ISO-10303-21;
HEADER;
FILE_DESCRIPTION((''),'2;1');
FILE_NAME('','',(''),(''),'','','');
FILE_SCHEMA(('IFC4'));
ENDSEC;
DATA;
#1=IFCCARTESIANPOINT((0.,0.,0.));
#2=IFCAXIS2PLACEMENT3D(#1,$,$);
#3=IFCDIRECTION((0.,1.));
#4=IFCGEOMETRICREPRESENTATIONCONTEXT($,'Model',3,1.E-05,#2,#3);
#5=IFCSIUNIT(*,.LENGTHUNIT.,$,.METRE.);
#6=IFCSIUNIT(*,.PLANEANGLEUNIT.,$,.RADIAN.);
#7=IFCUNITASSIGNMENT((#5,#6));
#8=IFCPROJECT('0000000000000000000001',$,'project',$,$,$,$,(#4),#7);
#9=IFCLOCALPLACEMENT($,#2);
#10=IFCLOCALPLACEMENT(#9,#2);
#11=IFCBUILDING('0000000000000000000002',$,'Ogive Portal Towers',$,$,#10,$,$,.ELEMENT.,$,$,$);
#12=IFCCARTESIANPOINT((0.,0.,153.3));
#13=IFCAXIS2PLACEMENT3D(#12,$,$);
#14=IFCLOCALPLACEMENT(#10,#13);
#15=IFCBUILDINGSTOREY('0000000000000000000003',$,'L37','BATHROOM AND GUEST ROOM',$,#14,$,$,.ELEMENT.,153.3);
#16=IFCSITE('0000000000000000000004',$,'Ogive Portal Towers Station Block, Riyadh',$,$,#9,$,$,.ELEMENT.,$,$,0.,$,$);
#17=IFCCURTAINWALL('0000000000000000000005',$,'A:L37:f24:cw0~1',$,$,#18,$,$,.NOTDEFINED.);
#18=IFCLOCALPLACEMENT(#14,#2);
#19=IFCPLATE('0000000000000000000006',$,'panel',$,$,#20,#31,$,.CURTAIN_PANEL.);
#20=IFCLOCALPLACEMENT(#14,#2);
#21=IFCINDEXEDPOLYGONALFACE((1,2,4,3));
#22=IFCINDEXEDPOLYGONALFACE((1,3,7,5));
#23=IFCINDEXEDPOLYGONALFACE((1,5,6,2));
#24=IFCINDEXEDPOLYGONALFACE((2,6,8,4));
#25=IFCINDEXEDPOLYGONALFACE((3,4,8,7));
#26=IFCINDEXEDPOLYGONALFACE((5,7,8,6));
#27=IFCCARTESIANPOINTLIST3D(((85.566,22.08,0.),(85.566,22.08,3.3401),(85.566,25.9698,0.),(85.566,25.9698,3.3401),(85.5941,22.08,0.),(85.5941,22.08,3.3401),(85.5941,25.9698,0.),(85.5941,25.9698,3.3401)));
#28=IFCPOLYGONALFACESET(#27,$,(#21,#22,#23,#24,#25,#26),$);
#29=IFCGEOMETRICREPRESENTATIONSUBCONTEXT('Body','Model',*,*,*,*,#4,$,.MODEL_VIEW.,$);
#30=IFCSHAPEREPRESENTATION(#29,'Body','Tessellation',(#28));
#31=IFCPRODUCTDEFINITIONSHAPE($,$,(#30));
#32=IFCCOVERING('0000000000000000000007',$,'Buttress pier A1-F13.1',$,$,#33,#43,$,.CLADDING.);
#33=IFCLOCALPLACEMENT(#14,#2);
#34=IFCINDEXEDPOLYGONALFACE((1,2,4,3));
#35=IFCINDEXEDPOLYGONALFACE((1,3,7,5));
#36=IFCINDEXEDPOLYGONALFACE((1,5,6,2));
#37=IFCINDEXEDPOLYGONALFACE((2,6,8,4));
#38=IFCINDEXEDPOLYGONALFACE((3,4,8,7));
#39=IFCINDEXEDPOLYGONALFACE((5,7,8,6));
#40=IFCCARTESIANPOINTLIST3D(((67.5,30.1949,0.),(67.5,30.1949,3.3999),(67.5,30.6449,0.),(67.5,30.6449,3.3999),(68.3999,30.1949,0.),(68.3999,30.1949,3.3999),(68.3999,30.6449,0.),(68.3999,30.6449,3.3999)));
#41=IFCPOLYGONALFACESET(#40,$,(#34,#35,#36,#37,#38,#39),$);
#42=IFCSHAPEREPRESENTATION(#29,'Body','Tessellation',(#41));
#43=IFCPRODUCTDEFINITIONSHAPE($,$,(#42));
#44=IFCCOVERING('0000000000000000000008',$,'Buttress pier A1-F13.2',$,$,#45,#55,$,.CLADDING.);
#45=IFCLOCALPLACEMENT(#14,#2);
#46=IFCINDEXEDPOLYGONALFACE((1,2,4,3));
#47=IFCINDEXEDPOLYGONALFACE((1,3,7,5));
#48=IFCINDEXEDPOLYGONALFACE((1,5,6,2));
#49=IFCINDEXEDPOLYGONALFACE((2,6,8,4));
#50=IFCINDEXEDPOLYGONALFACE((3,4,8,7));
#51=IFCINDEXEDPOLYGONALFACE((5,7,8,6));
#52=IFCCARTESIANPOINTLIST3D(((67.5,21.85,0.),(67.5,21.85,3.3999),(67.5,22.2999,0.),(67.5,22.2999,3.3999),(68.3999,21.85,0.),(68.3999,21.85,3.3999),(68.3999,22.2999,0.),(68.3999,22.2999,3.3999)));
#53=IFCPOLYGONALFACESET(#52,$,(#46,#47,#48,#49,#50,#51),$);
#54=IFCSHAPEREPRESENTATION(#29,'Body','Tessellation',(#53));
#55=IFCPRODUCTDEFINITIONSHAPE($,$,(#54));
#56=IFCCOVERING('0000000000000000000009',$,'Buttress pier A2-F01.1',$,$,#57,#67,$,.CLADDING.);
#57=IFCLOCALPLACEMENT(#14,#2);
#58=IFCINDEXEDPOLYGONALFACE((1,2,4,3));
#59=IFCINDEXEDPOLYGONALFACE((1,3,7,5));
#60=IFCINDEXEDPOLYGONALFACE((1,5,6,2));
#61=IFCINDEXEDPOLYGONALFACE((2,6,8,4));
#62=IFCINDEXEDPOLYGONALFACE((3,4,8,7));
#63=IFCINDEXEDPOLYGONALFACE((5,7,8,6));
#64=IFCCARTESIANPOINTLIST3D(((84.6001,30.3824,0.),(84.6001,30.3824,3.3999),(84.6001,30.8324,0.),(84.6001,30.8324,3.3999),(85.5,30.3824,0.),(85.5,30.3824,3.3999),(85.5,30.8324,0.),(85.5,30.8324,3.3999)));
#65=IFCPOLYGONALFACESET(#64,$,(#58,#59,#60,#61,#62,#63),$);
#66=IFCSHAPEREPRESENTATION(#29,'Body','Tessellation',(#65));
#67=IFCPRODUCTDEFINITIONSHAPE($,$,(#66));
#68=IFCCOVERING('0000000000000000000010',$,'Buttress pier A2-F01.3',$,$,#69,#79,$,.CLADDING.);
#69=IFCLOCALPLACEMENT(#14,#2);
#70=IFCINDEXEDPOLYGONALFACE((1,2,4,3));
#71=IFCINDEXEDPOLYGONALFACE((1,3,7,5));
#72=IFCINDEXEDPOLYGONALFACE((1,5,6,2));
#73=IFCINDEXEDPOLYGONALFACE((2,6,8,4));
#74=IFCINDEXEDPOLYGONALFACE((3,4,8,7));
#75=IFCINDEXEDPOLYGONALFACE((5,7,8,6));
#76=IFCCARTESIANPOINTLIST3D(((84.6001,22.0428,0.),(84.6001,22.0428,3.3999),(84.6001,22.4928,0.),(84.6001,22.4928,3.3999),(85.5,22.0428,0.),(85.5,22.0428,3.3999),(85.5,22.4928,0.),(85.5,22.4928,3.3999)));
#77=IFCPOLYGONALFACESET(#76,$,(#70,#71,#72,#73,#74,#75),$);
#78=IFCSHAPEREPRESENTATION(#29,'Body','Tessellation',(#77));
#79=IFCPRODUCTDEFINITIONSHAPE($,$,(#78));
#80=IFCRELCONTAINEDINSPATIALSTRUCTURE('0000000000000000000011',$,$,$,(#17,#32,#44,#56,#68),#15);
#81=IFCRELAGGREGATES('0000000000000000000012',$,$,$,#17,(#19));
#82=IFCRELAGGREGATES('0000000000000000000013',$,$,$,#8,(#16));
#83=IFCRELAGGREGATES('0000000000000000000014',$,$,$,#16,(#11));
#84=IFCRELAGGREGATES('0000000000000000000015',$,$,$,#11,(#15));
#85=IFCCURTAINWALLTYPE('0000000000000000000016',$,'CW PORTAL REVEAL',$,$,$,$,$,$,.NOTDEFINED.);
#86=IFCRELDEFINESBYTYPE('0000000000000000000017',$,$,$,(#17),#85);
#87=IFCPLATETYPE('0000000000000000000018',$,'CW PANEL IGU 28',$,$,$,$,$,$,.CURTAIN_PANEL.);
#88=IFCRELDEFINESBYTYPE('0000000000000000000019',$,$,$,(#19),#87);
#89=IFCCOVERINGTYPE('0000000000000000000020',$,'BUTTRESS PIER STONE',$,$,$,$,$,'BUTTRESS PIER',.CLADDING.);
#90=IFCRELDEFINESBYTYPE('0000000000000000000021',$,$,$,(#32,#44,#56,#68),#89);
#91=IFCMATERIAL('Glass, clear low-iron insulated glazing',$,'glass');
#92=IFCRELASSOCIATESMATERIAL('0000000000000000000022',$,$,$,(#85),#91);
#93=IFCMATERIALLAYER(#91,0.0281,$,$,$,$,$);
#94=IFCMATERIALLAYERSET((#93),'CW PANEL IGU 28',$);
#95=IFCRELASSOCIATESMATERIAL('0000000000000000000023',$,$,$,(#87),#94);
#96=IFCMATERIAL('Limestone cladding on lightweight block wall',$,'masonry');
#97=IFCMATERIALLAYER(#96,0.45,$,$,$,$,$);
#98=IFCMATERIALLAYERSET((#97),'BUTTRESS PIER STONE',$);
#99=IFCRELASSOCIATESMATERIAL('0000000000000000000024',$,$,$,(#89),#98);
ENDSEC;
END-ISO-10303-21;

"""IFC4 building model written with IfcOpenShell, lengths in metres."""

from ifc_helpers import new_model, si_unit, direction, frame, origin, origin_2d, place, context, subcontext, project, spatial, rectangle, extrude, material, layer, layer_set, type_object, element, aggregate, save


model = new_model("IFC4")

# Units and contexts
model_context = context("Model", 3, precision=1e-05, world=origin(), true_north=direction((0.0, 1.0)))
body_context = subcontext(model_context, "Body", "Model", "MODEL_VIEW")
ifc_project = project(units=[si_unit("LENGTHUNIT", "METRE"), si_unit("PLANEANGLEUNIT", "RADIAN")], contexts=[model_context])

# Site, building, storey
site_placement = place(None, origin())
site = spatial("IfcSite", under=ifc_project, at=site_placement, Name="Ogive Portal Towers Station Block, Riyadh", CompositionType="ELEMENT", RefElevation=0.0)
building_placement = place(site_placement, origin())
building = spatial("IfcBuilding", under=site, at=building_placement, Name="Ogive Portal Towers", CompositionType="ELEMENT")
storey_placement = place(building_placement, frame((0.0, 0.0, 153.3)))
storey = spatial("IfcBuildingStorey", under=building, at=storey_placement, Name="L37", Description="BATHROOM AND GUEST ROOM", CompositionType="ELEMENT", Elevation=153.3)

# Shared definitions
ifc_material_1 = material(Name="Glass, clear low-iron insulated glazing", Category="glass")
curtain_wall_type = type_object("IfcCurtainWallType", Name="CW PORTAL REVEAL", PredefinedType="NOTDEFINED", material=ifc_material_1)

# Curtain wall
curtain_wall_1_placement = place(storey_placement, origin())
curtain_wall_1 = element("IfcCurtainWall", 1, at=curtain_wall_1_placement, inside=storey, type_object=curtain_wall_type, Name="A:L37:f24:cw0~1", PredefinedType="NOTDEFINED")

# Plate
ifc_layer_1 = layer(ifc_material_1, 0.0281)
ifc_layer_set_1 = layer_set([ifc_layer_1], Name="CW PANEL IGU 28")
plate_type = type_object("IfcPlateType", Name="CW PANEL IGU 28", PredefinedType="CURTAIN_PANEL", material=ifc_layer_set_1)
plate_1_placement = place(storey_placement, frame((85.5801, 24.0249, 0.0), z_axis=(0.0, 0.0, 1.0), x_axis=(0.0, -1.0, 0.0)))
plate_1 = element("IfcPlate", 2, at=plate_1_placement, type_object=plate_type, Name="panel", PredefinedType="CURTAIN_PANEL", context=body_context, shape_type="SweptSolid", body=[
    extrude(rectangle(XDim=3.8899, YDim=0.0281, at=origin_2d()), origin(), (0.0, 0.0, 1.0), 3.3401),
])
aggregate(curtain_wall_1, [plate_1])

# Coverings
ifc_material_2 = material(Name="Limestone cladding on lightweight block wall", Category="masonry")
ifc_layer_2 = layer(ifc_material_2, 0.45)
ifc_layer_set_2 = layer_set([ifc_layer_2], Name="BUTTRESS PIER STONE")
covering_type = type_object("IfcCoveringType", Name="BUTTRESS PIER STONE", ElementType="BUTTRESS PIER", PredefinedType="CLADDING", material=ifc_layer_set_2)
for number, where, z_axis, x_axis, name in (
    (3, (67.95, 30.4199, 0.0), (0.0, 0.0, 1.0), (1.0, 0.0, 0.0), "Buttress pier A1-F13.1"),
    (4, (67.95, 22.075, 0.0), (0.0, 0.0, 1.0), (1.0, 0.0, 0.0), "Buttress pier A1-F13.2"),
    (5, (85.05, 30.6074, 0.0), (0.0, 0.0, 1.0), (1.0, 0.0, 0.0), "Buttress pier A2-F01.1"),
    (6, (85.05, 22.2678, 0.0), (0.0, 0.0, 1.0), (1.0, 0.0, 0.0), "Buttress pier A2-F01.3"),
):
    element("IfcCovering", number, at=place(storey_placement, frame(where, z_axis=z_axis, x_axis=x_axis)), inside=storey, type_object=covering_type, Name=name, PredefinedType="CLADDING", context=body_context, shape_type="SweptSolid", body=[
        extrude(rectangle(XDim=0.8999, YDim=0.45, at=origin_2d()), origin(), (0.0, 0.0, 1.0), 3.3999),
    ])

save(model, "model.ifc")
